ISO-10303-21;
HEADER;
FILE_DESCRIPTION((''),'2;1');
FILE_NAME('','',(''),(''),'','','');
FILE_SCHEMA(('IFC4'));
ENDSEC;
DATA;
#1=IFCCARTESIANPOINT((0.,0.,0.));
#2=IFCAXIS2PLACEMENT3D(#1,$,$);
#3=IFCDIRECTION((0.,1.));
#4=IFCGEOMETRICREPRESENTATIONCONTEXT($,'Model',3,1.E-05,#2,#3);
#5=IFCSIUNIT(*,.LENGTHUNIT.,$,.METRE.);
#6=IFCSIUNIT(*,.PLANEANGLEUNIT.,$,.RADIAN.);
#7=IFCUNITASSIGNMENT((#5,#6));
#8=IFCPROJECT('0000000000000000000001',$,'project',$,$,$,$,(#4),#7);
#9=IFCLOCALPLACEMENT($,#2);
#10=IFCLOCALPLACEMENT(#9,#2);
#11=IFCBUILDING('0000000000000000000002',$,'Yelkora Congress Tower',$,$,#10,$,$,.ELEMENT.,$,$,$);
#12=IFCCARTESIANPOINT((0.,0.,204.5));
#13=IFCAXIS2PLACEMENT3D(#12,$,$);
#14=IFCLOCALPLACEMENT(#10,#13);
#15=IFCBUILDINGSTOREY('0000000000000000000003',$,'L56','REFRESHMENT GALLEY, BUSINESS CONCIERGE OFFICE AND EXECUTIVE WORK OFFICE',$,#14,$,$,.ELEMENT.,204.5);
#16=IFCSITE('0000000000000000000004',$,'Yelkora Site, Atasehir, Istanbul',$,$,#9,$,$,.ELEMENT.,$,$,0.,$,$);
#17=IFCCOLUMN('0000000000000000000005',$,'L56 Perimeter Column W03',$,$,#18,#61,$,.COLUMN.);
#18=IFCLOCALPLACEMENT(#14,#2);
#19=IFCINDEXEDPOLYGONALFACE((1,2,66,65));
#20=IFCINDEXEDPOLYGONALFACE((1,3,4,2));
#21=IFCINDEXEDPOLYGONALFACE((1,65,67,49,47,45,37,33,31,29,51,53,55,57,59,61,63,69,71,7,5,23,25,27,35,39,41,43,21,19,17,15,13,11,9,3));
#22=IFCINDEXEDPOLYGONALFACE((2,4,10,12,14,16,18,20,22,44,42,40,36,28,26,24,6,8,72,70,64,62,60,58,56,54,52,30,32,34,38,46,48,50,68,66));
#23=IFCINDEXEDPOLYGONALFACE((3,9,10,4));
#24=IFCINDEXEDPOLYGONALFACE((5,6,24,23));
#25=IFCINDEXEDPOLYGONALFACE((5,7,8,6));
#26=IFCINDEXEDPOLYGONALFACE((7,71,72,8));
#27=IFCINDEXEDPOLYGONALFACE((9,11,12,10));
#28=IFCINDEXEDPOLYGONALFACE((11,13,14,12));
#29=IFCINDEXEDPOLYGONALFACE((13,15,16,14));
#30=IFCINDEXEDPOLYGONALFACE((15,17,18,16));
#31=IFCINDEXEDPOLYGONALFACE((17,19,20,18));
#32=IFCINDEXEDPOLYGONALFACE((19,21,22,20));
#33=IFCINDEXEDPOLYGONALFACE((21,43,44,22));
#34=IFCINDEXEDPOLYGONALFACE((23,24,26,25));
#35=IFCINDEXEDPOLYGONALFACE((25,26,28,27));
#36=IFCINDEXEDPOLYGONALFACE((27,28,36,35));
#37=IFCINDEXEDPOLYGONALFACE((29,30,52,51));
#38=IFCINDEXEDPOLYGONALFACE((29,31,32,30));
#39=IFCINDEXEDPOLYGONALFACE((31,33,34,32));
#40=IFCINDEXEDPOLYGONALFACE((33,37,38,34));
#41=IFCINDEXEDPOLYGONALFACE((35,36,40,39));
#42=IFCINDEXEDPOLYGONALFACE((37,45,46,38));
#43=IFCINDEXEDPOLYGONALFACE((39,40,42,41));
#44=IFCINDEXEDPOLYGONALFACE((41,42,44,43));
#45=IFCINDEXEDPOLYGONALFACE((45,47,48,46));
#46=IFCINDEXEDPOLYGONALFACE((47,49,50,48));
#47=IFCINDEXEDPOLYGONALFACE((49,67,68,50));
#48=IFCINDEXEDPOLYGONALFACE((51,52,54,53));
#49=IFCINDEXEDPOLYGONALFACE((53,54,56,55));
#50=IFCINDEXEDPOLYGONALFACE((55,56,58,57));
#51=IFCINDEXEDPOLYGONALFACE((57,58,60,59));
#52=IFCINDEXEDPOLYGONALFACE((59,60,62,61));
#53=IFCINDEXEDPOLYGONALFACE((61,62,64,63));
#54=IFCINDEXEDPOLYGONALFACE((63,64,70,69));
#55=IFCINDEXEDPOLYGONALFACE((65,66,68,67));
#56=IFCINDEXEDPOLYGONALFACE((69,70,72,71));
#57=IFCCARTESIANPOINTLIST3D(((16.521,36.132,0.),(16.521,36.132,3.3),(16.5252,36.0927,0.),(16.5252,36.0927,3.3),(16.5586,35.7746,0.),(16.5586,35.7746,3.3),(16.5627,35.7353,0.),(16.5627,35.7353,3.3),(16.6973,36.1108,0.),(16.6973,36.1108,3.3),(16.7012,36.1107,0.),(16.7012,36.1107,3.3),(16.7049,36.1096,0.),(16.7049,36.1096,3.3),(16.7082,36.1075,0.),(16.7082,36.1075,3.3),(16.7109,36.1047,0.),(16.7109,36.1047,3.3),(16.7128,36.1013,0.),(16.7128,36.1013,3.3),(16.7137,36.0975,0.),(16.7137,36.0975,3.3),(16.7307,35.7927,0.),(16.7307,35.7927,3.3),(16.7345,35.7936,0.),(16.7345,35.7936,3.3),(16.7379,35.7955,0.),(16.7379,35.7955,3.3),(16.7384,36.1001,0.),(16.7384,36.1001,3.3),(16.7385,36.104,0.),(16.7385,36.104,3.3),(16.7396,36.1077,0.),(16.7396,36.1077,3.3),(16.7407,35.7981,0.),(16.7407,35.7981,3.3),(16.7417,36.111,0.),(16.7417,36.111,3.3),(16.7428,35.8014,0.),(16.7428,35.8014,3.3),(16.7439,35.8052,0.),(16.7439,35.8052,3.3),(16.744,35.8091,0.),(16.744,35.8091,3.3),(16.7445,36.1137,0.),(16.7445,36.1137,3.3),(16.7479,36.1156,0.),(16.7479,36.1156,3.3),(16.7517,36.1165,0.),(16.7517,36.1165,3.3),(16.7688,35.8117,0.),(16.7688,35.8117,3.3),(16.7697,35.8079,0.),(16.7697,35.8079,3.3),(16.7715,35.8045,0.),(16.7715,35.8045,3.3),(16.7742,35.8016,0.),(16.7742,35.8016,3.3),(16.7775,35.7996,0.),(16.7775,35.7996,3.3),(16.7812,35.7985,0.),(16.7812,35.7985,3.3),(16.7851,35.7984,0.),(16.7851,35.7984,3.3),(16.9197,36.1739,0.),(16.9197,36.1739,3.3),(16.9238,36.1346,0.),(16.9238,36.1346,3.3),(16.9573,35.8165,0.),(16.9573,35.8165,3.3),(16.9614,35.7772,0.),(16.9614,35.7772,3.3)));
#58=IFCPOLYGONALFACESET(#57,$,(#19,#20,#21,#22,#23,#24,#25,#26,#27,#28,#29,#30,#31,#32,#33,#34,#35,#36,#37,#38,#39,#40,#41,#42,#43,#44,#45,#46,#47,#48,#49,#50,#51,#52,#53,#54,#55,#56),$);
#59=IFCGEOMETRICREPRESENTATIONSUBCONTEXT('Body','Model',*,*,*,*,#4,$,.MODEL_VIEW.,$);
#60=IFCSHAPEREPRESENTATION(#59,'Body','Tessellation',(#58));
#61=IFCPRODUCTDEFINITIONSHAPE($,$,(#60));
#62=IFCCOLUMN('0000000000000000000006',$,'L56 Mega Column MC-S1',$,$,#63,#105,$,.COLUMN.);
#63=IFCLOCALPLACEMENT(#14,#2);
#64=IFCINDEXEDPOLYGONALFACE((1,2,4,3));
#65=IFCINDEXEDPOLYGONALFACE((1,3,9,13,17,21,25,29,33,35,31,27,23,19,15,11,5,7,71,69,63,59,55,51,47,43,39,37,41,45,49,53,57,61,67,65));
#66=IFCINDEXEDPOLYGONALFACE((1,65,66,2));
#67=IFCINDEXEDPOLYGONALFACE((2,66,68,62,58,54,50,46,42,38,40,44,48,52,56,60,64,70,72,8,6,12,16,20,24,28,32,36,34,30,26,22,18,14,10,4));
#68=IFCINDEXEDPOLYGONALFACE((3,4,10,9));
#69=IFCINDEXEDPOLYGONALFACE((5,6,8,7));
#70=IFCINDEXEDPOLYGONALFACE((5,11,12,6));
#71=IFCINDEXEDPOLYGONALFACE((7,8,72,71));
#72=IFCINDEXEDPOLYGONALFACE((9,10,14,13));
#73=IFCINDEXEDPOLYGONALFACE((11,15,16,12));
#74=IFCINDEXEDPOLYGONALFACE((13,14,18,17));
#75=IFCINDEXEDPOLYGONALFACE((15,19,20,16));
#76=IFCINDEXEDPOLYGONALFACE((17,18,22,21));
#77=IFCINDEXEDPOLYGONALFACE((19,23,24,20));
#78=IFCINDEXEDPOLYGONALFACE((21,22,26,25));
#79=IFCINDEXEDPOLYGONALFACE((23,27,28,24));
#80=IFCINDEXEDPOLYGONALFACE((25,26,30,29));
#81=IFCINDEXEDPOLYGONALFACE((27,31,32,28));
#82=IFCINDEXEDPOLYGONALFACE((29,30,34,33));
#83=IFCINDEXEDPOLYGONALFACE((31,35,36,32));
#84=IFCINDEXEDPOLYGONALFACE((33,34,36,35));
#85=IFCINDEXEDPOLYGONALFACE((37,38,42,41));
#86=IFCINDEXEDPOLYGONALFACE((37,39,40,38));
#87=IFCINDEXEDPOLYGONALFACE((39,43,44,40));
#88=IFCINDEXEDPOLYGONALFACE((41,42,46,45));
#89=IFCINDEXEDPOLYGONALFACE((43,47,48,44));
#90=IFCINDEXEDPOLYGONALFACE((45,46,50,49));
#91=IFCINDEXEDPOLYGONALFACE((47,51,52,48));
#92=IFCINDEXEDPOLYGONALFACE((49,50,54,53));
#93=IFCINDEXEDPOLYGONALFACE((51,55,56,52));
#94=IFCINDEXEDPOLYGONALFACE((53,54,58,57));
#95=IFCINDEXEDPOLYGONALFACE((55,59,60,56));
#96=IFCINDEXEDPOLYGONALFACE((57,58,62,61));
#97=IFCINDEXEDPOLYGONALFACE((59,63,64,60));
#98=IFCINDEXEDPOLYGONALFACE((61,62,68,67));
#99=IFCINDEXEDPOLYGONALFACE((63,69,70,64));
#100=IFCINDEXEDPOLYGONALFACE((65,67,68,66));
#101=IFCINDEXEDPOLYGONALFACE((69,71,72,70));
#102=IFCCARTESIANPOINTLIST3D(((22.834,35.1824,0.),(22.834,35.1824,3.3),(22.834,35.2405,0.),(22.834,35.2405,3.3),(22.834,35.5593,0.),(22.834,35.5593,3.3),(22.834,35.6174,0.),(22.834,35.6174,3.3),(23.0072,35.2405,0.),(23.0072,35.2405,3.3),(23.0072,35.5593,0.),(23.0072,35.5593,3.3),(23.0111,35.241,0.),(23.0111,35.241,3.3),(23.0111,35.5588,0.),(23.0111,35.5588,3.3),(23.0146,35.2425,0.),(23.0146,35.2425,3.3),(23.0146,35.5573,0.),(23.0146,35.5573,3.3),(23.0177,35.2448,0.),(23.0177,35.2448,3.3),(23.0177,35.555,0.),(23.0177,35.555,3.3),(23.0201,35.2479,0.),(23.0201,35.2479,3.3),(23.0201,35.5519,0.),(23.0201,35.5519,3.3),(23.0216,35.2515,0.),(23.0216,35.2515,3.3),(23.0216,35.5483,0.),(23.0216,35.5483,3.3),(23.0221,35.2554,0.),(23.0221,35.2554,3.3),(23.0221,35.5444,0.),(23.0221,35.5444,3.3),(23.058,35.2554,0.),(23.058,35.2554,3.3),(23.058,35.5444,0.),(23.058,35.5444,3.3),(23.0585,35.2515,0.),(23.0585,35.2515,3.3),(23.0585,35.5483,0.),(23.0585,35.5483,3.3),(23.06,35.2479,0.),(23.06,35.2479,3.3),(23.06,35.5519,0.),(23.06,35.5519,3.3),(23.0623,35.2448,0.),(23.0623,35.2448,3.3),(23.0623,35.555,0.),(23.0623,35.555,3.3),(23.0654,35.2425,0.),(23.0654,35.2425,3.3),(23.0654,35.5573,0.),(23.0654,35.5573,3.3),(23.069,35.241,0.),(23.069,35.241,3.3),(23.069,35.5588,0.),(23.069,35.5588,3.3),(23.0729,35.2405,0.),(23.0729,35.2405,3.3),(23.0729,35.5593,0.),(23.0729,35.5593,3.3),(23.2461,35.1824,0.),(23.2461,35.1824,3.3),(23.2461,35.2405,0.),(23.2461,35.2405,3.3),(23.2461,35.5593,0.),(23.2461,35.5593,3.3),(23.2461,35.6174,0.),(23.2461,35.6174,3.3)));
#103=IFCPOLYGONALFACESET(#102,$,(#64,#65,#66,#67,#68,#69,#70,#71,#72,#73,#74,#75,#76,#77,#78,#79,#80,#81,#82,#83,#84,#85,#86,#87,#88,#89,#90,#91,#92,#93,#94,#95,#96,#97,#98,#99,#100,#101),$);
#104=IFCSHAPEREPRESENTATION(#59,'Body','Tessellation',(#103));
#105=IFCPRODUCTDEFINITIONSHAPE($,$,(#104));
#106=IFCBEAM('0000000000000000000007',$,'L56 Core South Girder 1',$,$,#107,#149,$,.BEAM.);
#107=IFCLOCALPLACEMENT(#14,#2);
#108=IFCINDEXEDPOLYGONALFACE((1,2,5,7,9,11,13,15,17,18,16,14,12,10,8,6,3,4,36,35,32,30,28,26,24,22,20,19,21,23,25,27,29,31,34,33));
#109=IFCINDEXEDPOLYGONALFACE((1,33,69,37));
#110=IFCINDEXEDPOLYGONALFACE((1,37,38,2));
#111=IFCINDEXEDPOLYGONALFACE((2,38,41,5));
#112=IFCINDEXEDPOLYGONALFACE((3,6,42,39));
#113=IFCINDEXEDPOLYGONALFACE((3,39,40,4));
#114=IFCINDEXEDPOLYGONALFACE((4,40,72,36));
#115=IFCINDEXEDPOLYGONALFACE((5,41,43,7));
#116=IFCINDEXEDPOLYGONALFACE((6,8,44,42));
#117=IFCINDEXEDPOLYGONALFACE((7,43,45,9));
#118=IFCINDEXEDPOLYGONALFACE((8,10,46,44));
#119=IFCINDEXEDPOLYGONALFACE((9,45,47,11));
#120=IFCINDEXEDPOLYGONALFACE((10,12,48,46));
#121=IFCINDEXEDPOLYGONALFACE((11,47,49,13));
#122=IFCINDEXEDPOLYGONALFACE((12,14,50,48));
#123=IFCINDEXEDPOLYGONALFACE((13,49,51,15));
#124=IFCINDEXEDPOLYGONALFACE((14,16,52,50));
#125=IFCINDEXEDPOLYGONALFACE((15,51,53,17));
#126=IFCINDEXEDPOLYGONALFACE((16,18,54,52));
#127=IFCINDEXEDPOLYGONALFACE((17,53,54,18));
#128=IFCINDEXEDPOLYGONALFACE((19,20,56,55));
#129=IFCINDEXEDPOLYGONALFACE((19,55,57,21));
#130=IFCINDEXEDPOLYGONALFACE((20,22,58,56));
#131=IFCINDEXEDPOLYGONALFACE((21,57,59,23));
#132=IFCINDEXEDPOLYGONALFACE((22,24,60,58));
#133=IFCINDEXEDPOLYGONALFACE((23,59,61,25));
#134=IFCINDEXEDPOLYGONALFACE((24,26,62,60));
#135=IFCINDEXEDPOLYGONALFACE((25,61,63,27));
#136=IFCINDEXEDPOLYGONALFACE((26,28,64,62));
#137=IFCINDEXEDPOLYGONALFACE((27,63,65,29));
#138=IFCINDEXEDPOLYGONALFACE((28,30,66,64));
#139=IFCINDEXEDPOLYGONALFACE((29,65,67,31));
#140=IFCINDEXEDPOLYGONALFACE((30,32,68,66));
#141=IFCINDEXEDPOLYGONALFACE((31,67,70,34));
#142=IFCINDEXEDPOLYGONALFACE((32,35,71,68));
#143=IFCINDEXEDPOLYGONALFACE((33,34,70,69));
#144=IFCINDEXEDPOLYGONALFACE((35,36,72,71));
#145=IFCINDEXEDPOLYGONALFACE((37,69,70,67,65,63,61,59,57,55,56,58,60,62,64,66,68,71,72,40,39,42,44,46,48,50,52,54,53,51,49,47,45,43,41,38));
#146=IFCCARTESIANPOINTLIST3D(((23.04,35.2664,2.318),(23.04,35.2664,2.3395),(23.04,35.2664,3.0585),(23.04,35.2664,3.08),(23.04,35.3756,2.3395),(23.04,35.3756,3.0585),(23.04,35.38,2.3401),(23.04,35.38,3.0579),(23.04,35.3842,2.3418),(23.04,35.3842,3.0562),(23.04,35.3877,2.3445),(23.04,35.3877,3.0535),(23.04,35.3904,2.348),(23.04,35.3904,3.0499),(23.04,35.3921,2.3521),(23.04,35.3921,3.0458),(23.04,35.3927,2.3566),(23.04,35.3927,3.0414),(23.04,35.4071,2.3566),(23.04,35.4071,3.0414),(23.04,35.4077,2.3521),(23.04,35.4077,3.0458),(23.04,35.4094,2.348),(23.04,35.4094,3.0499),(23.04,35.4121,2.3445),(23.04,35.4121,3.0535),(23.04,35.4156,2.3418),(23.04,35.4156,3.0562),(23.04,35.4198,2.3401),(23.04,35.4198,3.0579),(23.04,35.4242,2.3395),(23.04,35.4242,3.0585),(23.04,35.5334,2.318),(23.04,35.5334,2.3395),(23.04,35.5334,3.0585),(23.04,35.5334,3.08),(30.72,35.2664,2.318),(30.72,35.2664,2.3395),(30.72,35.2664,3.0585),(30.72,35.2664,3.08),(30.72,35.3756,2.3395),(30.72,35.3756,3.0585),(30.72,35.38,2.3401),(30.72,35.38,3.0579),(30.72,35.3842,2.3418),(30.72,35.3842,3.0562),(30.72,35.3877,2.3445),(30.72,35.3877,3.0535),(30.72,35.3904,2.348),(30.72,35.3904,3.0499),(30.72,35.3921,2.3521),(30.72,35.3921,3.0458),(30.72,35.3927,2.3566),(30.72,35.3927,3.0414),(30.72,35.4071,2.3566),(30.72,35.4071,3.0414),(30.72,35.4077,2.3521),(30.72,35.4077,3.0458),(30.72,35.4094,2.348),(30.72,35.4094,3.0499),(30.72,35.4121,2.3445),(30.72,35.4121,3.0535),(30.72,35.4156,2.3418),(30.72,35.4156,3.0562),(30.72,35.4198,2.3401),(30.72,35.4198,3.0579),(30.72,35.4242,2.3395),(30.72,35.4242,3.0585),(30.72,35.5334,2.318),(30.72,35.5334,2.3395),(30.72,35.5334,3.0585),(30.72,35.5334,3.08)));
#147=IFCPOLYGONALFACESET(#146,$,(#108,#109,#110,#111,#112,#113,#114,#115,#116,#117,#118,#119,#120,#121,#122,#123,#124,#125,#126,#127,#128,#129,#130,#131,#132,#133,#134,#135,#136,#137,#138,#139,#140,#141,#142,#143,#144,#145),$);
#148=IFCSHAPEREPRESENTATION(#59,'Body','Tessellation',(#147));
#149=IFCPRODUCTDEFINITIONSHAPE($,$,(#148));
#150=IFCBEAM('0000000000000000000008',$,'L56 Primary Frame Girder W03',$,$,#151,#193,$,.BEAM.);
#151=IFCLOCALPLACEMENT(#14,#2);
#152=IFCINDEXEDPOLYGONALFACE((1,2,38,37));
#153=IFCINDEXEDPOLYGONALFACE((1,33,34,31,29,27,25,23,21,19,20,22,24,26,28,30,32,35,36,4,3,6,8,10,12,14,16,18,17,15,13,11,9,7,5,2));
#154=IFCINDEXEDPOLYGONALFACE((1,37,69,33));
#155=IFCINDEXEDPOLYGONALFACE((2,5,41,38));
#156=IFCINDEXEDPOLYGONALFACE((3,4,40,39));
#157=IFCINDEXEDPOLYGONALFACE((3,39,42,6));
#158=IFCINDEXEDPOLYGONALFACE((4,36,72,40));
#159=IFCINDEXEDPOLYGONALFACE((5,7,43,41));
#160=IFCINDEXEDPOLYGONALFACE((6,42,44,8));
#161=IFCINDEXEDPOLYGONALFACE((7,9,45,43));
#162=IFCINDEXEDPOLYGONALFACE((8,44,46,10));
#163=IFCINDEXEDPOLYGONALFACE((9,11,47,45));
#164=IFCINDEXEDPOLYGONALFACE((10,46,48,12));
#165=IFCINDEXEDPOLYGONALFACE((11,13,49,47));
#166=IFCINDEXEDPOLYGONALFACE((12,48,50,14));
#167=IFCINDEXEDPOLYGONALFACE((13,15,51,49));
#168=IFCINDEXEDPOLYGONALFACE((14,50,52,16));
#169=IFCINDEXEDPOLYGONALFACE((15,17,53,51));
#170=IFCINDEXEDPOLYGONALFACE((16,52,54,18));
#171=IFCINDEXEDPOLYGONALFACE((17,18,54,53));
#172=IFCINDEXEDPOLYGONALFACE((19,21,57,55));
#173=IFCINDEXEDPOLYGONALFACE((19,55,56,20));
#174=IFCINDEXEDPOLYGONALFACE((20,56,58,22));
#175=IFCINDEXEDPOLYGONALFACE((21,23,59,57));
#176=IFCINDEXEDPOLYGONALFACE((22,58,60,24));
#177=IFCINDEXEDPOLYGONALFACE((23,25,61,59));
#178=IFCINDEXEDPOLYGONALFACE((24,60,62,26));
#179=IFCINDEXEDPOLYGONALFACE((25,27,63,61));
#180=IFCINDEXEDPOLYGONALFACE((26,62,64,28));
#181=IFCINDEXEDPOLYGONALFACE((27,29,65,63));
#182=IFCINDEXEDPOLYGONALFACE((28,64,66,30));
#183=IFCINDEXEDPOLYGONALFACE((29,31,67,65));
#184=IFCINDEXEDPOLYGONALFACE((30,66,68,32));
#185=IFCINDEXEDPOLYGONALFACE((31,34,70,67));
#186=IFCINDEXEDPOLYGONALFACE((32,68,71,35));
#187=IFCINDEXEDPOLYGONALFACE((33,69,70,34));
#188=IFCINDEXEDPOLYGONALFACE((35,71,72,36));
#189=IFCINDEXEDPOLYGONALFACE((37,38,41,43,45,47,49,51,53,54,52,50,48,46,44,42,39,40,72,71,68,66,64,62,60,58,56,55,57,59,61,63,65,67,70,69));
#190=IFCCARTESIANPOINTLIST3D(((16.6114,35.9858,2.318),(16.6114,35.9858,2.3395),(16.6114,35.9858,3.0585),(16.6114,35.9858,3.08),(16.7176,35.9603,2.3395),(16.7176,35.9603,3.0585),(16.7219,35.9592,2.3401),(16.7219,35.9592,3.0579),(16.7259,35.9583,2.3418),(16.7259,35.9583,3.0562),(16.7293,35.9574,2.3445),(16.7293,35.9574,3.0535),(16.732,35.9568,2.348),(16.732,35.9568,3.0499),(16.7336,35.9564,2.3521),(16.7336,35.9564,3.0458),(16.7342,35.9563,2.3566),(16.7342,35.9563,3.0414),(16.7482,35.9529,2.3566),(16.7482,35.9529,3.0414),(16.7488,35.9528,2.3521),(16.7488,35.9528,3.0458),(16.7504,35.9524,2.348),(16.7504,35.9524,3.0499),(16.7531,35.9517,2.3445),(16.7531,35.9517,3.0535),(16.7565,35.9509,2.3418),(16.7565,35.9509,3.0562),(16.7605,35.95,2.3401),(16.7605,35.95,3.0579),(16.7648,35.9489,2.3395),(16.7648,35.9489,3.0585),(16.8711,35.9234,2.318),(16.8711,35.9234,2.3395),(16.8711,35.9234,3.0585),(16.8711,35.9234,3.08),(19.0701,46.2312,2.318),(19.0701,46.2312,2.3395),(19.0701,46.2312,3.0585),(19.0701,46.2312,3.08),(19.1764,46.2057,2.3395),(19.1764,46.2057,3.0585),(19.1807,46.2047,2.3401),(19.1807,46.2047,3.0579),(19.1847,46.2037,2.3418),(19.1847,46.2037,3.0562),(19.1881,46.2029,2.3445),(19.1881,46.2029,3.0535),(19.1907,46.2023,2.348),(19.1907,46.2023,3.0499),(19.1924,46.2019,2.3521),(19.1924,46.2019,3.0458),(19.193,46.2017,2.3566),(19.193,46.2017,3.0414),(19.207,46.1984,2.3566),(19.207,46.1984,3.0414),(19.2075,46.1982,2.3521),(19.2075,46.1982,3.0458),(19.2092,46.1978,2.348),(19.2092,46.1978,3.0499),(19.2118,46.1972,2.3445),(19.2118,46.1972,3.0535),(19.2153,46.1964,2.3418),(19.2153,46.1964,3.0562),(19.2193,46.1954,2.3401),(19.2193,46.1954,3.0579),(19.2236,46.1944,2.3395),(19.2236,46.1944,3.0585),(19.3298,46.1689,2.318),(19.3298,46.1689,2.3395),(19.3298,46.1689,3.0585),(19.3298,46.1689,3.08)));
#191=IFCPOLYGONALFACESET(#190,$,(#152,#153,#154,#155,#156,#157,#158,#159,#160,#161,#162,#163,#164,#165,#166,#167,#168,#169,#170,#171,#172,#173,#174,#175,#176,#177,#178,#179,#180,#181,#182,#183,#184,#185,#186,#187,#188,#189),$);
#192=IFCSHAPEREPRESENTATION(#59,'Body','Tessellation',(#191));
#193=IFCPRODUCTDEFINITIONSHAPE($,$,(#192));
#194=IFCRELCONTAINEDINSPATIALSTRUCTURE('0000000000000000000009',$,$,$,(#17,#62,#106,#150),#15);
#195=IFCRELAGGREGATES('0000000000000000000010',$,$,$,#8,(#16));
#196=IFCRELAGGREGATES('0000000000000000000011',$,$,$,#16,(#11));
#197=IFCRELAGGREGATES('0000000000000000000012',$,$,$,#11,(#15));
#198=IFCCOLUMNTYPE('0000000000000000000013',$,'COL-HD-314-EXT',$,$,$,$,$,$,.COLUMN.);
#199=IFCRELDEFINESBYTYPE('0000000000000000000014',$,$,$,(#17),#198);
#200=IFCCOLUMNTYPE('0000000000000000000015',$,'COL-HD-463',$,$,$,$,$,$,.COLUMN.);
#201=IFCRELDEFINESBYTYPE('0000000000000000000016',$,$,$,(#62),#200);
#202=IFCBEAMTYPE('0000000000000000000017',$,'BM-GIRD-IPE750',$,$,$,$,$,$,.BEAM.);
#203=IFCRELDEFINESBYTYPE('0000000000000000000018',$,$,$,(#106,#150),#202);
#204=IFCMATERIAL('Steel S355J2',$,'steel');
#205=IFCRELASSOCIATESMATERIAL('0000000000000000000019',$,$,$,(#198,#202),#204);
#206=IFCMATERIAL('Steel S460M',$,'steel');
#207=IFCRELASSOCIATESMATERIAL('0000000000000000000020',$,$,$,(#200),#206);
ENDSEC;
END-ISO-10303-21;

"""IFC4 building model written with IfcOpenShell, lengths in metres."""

from ifc_helpers import new_model, si_unit, direction, frame, origin, origin_2d, place, context, subcontext, project, spatial, i_section, extrude, material, material_profile, profile_set, type_object, element, save


model = new_model("IFC4")

# Units and contexts
model_context = context("Model", 3, precision=1e-05, world=origin(), true_north=direction((0.0, 1.0)))
body_context = subcontext(model_context, "Body", "Model", "MODEL_VIEW")
ifc_project = project(units=[si_unit("LENGTHUNIT", "METRE"), si_unit("PLANEANGLEUNIT", "RADIAN")], contexts=[model_context])

# Site, building, storey
site_placement = place(None, origin())
site = spatial("IfcSite", under=ifc_project, at=site_placement, Name="Yelkora Site, Atasehir, Istanbul", CompositionType="ELEMENT", RefElevation=0.0)
building_placement = place(site_placement, origin())
building = spatial("IfcBuilding", under=site, at=building_placement, Name="Yelkora Congress Tower", CompositionType="ELEMENT")
storey_placement = place(building_placement, frame((0.0, 0.0, 204.5)))
storey = spatial("IfcBuildingStorey", under=building, at=storey_placement, Name="L56", Description="REFRESHMENT GALLEY, BUSINESS CONCIERGE OFFICE AND EXECUTIVE WORK OFFICE", CompositionType="ELEMENT", Elevation=204.5)

# Columns
ifc_material_1 = material(Name="Steel S355J2", Category="steel")
ifc_material_profile_1 = material_profile(ifc_material_1, i_section(OverallWidth=0.4009, OverallDepth=0.3989, WebThickness=0.0249, FlangeThickness=0.0396, FilletRadius=0.0149, at=origin_2d()), Name="HD 400x314")
ifc_profile_set_1 = profile_set([ifc_material_profile_1], Name="Steel S355J2")
column_type_1 = type_object("IfcColumnType", Name="COL-HD-314-EXT", PredefinedType="COLUMN", material=ifc_profile_set_1)
column_1_placement = place(storey_placement, frame((16.7412, 35.9546, 0.0), z_axis=(0.0, 0.0, 1.0), x_axis=(0.994522, 0.104528, 0.0)))
element("IfcColumn", 1, at=column_1_placement, inside=storey, type_object=column_type_1, Name="L56 Perimeter Column W03", PredefinedType="COLUMN", context=body_context, shape_type="SweptSolid", body=[
    extrude(i_section(OverallWidth=0.4009, OverallDepth=0.3989, WebThickness=0.0249, FlangeThickness=0.0396, FilletRadius=0.0149, at=origin_2d()), origin(), (0.0, 0.0, 1.0), 3.3),
])
ifc_material_2 = material(Name="Steel S460M", Category="steel")
ifc_material_profile_2 = material_profile(ifc_material_2, i_section(OverallWidth=0.4121, OverallDepth=0.4351, WebThickness=0.0359, FlangeThickness=0.0581, FilletRadius=0.0149, at=origin_2d()), Name="HD 400x463")
ifc_profile_set_2 = profile_set([ifc_material_profile_2], Name="Steel S460M")
column_type_2 = type_object("IfcColumnType", Name="COL-HD-463", PredefinedType="COLUMN", material=ifc_profile_set_2)
column_2_placement = place(storey_placement, frame((23.04, 35.3999, 0.0), z_axis=(0.0, 0.0, 1.0), x_axis=(1.0, 0.0, 0.0)))
element("IfcColumn", 2, at=column_2_placement, inside=storey, type_object=column_type_2, Name="L56 Mega Column MC-S1", PredefinedType="COLUMN", context=body_context, shape_type="SweptSolid", body=[
    extrude(i_section(OverallWidth=0.4121, OverallDepth=0.4351, WebThickness=0.0359, FlangeThickness=0.0581, FilletRadius=0.0149, at=origin_2d()), origin(), (0.0, 0.0, 1.0), 3.3),
])

# Beams
ifc_material_profile_3 = material_profile(ifc_material_1, i_section(OverallWidth=0.2671, OverallDepth=0.762, WebThickness=0.0144, FlangeThickness=0.0215, FilletRadius=0.0171, at=origin_2d()), Name="IPE 750x173")
ifc_profile_set_3 = profile_set([ifc_material_profile_3], Name="Steel S355J2")
beam_type_1 = type_object("IfcBeamType", Name="BM-GIRD-IPE750", PredefinedType="BEAM", material=ifc_profile_set_3)
beam_1_placement = place(storey_placement, frame((23.04, 35.3999, 2.699), z_axis=(1.0, 0.0, 0.0), x_axis=(0.0, 1.0, 0.0)))
element("IfcBeam", 3, at=beam_1_placement, inside=storey, type_object=beam_type_1, Name="L56 Core South Girder 1", PredefinedType="BEAM", context=body_context, shape_type="SweptSolid", body=[
    extrude(i_section(OverallWidth=0.2671, OverallDepth=0.762, WebThickness=0.0144, FlangeThickness=0.0215, FilletRadius=0.0171, at=origin_2d()), origin(), (0.0, 0.0, 1.0), 7.6799),
])
beam_2_placement = place(storey_placement, frame((16.7412, 35.9546, 2.699), z_axis=(0.23336, 0.97239, 0.0), x_axis=(-0.97239, 0.23336, 0.0)))
element("IfcBeam", 4, at=beam_2_placement, inside=storey, type_object=beam_type_1, Name="L56 Primary Frame Girder W03", PredefinedType="BEAM", context=body_context, shape_type="SweptSolid", body=[
    extrude(i_section(OverallWidth=0.2671, OverallDepth=0.762, WebThickness=0.0144, FlangeThickness=0.0215, FilletRadius=0.0171, at=origin_2d()), origin(), (0.0, 0.0, 1.0), 10.5364),
])

save(model, "model.ifc")
